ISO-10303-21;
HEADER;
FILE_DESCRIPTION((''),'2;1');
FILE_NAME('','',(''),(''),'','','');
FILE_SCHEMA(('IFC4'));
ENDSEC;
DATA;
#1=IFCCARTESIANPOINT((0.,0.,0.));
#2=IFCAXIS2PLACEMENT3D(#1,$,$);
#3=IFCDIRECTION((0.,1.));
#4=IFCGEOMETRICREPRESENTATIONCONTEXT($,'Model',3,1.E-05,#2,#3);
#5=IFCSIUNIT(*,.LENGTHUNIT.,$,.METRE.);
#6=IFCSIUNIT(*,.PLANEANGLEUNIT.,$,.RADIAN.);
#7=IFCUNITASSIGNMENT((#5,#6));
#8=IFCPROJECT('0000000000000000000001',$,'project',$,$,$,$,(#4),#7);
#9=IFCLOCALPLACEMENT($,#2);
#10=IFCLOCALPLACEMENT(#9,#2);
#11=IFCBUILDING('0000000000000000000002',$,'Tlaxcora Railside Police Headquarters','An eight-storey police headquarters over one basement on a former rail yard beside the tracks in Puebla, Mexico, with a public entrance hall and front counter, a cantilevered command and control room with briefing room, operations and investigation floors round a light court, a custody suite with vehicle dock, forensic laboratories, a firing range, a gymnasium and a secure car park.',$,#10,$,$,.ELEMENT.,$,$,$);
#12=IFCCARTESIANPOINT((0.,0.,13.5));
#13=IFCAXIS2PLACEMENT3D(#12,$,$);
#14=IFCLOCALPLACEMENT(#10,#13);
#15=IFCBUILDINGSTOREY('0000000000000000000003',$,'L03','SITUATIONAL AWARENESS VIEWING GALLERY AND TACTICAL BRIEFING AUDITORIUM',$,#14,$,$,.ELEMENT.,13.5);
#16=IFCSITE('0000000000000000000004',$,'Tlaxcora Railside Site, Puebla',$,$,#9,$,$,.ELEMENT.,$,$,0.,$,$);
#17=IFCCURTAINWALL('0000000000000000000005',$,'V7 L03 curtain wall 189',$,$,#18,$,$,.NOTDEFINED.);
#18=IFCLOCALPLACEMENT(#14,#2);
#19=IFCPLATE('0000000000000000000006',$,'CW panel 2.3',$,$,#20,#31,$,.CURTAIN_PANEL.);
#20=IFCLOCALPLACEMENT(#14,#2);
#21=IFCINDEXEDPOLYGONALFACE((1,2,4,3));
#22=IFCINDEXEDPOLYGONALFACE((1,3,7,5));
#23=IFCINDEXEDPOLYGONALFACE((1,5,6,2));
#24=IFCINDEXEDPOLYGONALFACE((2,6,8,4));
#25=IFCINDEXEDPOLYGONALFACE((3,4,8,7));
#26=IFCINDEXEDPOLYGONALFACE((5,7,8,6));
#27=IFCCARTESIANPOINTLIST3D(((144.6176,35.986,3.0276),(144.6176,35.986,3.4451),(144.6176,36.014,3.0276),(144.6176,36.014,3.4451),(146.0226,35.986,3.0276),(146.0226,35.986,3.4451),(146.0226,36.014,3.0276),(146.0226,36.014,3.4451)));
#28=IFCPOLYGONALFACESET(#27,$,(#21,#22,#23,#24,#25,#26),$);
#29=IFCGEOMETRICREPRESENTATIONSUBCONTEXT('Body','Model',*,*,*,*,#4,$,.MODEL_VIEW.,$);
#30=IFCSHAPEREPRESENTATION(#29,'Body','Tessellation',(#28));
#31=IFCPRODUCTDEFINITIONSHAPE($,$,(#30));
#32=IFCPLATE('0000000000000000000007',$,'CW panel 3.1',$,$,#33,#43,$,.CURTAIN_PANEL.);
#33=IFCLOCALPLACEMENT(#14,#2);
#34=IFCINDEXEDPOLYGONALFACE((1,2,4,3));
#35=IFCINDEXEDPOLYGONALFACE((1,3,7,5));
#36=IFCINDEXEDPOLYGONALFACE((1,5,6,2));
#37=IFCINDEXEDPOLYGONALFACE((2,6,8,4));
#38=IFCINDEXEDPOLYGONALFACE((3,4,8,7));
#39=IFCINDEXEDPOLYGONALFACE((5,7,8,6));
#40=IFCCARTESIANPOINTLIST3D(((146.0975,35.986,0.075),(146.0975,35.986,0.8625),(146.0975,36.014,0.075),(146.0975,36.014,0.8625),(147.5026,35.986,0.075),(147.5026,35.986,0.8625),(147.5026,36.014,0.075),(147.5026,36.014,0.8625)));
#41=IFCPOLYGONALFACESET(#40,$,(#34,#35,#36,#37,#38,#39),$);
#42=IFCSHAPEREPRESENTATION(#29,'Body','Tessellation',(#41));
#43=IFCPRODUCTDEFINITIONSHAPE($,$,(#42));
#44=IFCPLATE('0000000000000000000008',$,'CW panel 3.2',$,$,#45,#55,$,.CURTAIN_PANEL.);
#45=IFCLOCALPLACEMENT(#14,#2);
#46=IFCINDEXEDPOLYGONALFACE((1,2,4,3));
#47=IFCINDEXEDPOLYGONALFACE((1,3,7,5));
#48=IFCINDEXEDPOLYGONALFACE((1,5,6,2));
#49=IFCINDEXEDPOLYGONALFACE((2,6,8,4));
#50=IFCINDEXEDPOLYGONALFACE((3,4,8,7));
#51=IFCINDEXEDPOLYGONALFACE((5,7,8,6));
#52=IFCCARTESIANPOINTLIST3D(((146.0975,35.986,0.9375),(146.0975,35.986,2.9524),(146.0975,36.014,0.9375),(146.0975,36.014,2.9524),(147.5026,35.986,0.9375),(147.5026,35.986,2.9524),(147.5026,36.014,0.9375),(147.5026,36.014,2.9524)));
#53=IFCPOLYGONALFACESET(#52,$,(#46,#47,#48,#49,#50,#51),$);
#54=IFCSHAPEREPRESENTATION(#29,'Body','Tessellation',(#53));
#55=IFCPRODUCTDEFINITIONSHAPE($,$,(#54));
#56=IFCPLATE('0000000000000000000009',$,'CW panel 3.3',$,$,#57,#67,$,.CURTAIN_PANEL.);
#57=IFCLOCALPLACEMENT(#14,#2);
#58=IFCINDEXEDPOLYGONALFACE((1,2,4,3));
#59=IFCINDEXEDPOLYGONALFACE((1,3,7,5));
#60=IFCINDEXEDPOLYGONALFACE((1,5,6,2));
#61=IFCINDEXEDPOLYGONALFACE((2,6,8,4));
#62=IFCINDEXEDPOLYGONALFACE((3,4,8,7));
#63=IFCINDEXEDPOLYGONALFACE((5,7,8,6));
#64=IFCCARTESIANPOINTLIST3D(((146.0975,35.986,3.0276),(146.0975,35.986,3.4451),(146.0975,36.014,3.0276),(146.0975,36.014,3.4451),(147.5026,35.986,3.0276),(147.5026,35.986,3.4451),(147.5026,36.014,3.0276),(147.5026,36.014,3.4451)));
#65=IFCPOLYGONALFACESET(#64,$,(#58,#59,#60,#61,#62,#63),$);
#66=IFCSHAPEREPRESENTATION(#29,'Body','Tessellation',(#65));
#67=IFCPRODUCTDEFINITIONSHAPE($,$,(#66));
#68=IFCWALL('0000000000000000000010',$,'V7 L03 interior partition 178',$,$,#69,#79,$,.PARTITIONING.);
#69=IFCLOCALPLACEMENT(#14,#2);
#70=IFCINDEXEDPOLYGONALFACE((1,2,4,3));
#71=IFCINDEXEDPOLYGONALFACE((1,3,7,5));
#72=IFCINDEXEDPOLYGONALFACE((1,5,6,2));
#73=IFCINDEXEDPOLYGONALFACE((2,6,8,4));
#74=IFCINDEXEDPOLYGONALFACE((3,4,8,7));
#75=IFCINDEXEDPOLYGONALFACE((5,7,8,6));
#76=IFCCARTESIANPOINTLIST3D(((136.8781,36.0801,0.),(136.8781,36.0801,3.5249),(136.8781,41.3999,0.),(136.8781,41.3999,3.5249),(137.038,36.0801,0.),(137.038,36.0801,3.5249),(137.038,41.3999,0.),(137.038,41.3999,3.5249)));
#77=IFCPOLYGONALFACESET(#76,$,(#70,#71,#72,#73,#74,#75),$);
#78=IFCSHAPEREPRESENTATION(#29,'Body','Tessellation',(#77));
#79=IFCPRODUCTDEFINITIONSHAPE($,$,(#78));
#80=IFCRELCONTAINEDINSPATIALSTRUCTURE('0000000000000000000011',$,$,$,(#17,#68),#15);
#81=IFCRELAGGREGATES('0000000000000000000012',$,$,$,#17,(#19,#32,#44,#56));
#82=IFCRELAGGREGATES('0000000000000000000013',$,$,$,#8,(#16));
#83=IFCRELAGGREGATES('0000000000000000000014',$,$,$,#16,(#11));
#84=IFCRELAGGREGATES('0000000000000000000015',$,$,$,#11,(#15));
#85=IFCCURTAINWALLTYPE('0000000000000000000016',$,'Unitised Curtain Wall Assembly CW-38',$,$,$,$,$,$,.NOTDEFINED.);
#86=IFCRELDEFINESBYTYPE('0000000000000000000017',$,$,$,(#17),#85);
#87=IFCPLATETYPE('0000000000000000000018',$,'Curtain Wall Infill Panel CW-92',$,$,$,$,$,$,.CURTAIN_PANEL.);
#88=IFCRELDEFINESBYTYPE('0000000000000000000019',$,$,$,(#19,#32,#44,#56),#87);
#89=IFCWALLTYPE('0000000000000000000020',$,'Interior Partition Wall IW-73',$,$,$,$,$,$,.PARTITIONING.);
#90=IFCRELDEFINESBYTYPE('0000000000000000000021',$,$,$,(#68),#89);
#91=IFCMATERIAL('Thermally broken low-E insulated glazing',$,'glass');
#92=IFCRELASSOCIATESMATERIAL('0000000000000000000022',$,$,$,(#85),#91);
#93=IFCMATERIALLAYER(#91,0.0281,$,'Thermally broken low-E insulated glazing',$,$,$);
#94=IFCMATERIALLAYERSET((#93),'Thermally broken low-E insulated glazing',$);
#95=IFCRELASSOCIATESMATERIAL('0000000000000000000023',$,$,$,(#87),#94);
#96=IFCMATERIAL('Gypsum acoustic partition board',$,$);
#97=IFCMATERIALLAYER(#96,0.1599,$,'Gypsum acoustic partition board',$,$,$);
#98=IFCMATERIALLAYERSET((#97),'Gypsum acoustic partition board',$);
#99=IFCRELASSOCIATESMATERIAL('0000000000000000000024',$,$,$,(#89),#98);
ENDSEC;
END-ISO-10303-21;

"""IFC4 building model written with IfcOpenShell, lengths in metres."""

from ifc_helpers import new_model, si_unit, direction, frame, frame_2d, origin, origin_2d, place, context, subcontext, project, spatial, rectangle, extrude, material, layer, layer_set, type_object, element, aggregate, save


model = new_model("IFC4")

# Units and contexts
model_context = context("Model", 3, precision=1e-05, world=origin(), true_north=direction((0.0, 1.0)))
body_context = subcontext(model_context, "Body", "Model", "MODEL_VIEW")
ifc_project = project(units=[si_unit("LENGTHUNIT", "METRE"), si_unit("PLANEANGLEUNIT", "RADIAN")], contexts=[model_context])

# Site, building, storey
site_placement = place(None, origin())
site = spatial("IfcSite", under=ifc_project, at=site_placement, Name="Tlaxcora Railside Site, Puebla", CompositionType="ELEMENT", RefElevation=0.0)
building_placement = place(site_placement, origin())
building = spatial("IfcBuilding", under=site, at=building_placement, Name="Tlaxcora Railside Police Headquarters", Description="An eight-storey police headquarters over one basement on a former rail yard beside the tracks in Puebla, Mexico, with a public entrance hall and front counter, a cantilevered command and control room with briefing room, operations and investigation floors round a light court, a custody suite with vehicle dock, forensic laboratories, a firing range, a gymnasium and a secure car park.", CompositionType="ELEMENT")
storey_placement = place(building_placement, frame((0.0, 0.0, 13.5)))
storey = spatial("IfcBuildingStorey", under=building, at=storey_placement, Name="L03", Description="SITUATIONAL AWARENESS VIEWING GALLERY AND TACTICAL BRIEFING AUDITORIUM", CompositionType="ELEMENT", Elevation=13.5)

# Curtain wall
ifc_material_1 = material(Name="Thermally broken low-E insulated glazing", Category="glass")
curtain_wall_type = type_object("IfcCurtainWallType", Name="Unitised Curtain Wall Assembly CW-38", PredefinedType="NOTDEFINED", material=ifc_material_1)
curtain_wall_placement = place(storey_placement, origin())
curtain_wall = element("IfcCurtainWall", 1, at=curtain_wall_placement, inside=storey, type_object=curtain_wall_type, Name="V7 L03 curtain wall 189", PredefinedType="NOTDEFINED")

# Plates
ifc_layer_1 = layer(ifc_material_1, 0.0281, Name="Thermally broken low-E insulated glazing")
ifc_layer_set_1 = layer_set([ifc_layer_1], Name="Thermally broken low-E insulated glazing")
plate_type = type_object("IfcPlateType", Name="Curtain Wall Infill Panel CW-92", PredefinedType="CURTAIN_PANEL", material=ifc_layer_set_1)
plate_1_placement = place(storey_placement, frame((145.3201, 36.0, 3.0276), z_axis=(0.0, 0.0, 1.0), x_axis=(1.0, 0.0, 0.0)))
plate_1 = element("IfcPlate", 2, at=plate_1_placement, type_object=plate_type, Name="CW panel 2.3", PredefinedType="CURTAIN_PANEL", context=body_context, shape_type="SweptSolid", body=[
    extrude(rectangle(XDim=1.405, YDim=0.0281, at=origin_2d()), origin(), (0.0, 0.0, 1.0), 0.4175),
])
plate_2_placement = place(storey_placement, frame((146.8, 36.0, 0.075), z_axis=(0.0, 0.0, 1.0), x_axis=(1.0, 0.0, 0.0)))
plate_2 = element("IfcPlate", 3, at=plate_2_placement, type_object=plate_type, Name="CW panel 3.1", PredefinedType="CURTAIN_PANEL", context=body_context, shape_type="SweptSolid", body=[
    extrude(rectangle(XDim=1.405, YDim=0.0281, at=origin_2d()), origin(), (0.0, 0.0, 1.0), 0.7876),
])
plate_3_placement = place(storey_placement, frame((146.8, 36.0, 0.9375), z_axis=(0.0, 0.0, 1.0), x_axis=(1.0, 0.0, 0.0)))
plate_3 = element("IfcPlate", 4, at=plate_3_placement, type_object=plate_type, Name="CW panel 3.2", PredefinedType="CURTAIN_PANEL", context=body_context, shape_type="SweptSolid", body=[
    extrude(rectangle(XDim=1.405, YDim=0.0281, at=origin_2d()), origin(), (0.0, 0.0, 1.0), 2.0149),
])
plate_4_placement = place(storey_placement, frame((146.8, 36.0, 3.0276), z_axis=(0.0, 0.0, 1.0), x_axis=(1.0, 0.0, 0.0)))
plate_4 = element("IfcPlate", 5, at=plate_4_placement, type_object=plate_type, Name="CW panel 3.3", PredefinedType="CURTAIN_PANEL", context=body_context, shape_type="SweptSolid", body=[
    extrude(rectangle(XDim=1.405, YDim=0.0281, at=origin_2d()), origin(), (0.0, 0.0, 1.0), 0.4175),
])
aggregate(curtain_wall, [plate_1, plate_2, plate_3, plate_4])

# Wall
ifc_material_2 = material(Name="Gypsum acoustic partition board")
ifc_layer_2 = layer(ifc_material_2, 0.1599, Name="Gypsum acoustic partition board")
ifc_layer_set_2 = layer_set([ifc_layer_2], Name="Gypsum acoustic partition board")
wall_type = type_object("IfcWallType", Name="Interior Partition Wall IW-73", PredefinedType="PARTITIONING", material=ifc_layer_set_2)
wall_placement = place(storey_placement, frame((136.958, 36.0801, 0.0), z_axis=(0.0, 0.0, 1.0), x_axis=(0.0, 1.0, 0.0)))
element("IfcWall", 6, at=wall_placement, inside=storey, type_object=wall_type, Name="V7 L03 interior partition 178", PredefinedType="PARTITIONING", context=body_context, shape_type="SweptSolid", body=[
    extrude(rectangle(XDim=5.3198, YDim=0.1599, at=frame_2d((2.6599, 0.0))), origin(), (0.0, 0.0, 1.0), 3.5249),
])

save(model, "model.ifc")
